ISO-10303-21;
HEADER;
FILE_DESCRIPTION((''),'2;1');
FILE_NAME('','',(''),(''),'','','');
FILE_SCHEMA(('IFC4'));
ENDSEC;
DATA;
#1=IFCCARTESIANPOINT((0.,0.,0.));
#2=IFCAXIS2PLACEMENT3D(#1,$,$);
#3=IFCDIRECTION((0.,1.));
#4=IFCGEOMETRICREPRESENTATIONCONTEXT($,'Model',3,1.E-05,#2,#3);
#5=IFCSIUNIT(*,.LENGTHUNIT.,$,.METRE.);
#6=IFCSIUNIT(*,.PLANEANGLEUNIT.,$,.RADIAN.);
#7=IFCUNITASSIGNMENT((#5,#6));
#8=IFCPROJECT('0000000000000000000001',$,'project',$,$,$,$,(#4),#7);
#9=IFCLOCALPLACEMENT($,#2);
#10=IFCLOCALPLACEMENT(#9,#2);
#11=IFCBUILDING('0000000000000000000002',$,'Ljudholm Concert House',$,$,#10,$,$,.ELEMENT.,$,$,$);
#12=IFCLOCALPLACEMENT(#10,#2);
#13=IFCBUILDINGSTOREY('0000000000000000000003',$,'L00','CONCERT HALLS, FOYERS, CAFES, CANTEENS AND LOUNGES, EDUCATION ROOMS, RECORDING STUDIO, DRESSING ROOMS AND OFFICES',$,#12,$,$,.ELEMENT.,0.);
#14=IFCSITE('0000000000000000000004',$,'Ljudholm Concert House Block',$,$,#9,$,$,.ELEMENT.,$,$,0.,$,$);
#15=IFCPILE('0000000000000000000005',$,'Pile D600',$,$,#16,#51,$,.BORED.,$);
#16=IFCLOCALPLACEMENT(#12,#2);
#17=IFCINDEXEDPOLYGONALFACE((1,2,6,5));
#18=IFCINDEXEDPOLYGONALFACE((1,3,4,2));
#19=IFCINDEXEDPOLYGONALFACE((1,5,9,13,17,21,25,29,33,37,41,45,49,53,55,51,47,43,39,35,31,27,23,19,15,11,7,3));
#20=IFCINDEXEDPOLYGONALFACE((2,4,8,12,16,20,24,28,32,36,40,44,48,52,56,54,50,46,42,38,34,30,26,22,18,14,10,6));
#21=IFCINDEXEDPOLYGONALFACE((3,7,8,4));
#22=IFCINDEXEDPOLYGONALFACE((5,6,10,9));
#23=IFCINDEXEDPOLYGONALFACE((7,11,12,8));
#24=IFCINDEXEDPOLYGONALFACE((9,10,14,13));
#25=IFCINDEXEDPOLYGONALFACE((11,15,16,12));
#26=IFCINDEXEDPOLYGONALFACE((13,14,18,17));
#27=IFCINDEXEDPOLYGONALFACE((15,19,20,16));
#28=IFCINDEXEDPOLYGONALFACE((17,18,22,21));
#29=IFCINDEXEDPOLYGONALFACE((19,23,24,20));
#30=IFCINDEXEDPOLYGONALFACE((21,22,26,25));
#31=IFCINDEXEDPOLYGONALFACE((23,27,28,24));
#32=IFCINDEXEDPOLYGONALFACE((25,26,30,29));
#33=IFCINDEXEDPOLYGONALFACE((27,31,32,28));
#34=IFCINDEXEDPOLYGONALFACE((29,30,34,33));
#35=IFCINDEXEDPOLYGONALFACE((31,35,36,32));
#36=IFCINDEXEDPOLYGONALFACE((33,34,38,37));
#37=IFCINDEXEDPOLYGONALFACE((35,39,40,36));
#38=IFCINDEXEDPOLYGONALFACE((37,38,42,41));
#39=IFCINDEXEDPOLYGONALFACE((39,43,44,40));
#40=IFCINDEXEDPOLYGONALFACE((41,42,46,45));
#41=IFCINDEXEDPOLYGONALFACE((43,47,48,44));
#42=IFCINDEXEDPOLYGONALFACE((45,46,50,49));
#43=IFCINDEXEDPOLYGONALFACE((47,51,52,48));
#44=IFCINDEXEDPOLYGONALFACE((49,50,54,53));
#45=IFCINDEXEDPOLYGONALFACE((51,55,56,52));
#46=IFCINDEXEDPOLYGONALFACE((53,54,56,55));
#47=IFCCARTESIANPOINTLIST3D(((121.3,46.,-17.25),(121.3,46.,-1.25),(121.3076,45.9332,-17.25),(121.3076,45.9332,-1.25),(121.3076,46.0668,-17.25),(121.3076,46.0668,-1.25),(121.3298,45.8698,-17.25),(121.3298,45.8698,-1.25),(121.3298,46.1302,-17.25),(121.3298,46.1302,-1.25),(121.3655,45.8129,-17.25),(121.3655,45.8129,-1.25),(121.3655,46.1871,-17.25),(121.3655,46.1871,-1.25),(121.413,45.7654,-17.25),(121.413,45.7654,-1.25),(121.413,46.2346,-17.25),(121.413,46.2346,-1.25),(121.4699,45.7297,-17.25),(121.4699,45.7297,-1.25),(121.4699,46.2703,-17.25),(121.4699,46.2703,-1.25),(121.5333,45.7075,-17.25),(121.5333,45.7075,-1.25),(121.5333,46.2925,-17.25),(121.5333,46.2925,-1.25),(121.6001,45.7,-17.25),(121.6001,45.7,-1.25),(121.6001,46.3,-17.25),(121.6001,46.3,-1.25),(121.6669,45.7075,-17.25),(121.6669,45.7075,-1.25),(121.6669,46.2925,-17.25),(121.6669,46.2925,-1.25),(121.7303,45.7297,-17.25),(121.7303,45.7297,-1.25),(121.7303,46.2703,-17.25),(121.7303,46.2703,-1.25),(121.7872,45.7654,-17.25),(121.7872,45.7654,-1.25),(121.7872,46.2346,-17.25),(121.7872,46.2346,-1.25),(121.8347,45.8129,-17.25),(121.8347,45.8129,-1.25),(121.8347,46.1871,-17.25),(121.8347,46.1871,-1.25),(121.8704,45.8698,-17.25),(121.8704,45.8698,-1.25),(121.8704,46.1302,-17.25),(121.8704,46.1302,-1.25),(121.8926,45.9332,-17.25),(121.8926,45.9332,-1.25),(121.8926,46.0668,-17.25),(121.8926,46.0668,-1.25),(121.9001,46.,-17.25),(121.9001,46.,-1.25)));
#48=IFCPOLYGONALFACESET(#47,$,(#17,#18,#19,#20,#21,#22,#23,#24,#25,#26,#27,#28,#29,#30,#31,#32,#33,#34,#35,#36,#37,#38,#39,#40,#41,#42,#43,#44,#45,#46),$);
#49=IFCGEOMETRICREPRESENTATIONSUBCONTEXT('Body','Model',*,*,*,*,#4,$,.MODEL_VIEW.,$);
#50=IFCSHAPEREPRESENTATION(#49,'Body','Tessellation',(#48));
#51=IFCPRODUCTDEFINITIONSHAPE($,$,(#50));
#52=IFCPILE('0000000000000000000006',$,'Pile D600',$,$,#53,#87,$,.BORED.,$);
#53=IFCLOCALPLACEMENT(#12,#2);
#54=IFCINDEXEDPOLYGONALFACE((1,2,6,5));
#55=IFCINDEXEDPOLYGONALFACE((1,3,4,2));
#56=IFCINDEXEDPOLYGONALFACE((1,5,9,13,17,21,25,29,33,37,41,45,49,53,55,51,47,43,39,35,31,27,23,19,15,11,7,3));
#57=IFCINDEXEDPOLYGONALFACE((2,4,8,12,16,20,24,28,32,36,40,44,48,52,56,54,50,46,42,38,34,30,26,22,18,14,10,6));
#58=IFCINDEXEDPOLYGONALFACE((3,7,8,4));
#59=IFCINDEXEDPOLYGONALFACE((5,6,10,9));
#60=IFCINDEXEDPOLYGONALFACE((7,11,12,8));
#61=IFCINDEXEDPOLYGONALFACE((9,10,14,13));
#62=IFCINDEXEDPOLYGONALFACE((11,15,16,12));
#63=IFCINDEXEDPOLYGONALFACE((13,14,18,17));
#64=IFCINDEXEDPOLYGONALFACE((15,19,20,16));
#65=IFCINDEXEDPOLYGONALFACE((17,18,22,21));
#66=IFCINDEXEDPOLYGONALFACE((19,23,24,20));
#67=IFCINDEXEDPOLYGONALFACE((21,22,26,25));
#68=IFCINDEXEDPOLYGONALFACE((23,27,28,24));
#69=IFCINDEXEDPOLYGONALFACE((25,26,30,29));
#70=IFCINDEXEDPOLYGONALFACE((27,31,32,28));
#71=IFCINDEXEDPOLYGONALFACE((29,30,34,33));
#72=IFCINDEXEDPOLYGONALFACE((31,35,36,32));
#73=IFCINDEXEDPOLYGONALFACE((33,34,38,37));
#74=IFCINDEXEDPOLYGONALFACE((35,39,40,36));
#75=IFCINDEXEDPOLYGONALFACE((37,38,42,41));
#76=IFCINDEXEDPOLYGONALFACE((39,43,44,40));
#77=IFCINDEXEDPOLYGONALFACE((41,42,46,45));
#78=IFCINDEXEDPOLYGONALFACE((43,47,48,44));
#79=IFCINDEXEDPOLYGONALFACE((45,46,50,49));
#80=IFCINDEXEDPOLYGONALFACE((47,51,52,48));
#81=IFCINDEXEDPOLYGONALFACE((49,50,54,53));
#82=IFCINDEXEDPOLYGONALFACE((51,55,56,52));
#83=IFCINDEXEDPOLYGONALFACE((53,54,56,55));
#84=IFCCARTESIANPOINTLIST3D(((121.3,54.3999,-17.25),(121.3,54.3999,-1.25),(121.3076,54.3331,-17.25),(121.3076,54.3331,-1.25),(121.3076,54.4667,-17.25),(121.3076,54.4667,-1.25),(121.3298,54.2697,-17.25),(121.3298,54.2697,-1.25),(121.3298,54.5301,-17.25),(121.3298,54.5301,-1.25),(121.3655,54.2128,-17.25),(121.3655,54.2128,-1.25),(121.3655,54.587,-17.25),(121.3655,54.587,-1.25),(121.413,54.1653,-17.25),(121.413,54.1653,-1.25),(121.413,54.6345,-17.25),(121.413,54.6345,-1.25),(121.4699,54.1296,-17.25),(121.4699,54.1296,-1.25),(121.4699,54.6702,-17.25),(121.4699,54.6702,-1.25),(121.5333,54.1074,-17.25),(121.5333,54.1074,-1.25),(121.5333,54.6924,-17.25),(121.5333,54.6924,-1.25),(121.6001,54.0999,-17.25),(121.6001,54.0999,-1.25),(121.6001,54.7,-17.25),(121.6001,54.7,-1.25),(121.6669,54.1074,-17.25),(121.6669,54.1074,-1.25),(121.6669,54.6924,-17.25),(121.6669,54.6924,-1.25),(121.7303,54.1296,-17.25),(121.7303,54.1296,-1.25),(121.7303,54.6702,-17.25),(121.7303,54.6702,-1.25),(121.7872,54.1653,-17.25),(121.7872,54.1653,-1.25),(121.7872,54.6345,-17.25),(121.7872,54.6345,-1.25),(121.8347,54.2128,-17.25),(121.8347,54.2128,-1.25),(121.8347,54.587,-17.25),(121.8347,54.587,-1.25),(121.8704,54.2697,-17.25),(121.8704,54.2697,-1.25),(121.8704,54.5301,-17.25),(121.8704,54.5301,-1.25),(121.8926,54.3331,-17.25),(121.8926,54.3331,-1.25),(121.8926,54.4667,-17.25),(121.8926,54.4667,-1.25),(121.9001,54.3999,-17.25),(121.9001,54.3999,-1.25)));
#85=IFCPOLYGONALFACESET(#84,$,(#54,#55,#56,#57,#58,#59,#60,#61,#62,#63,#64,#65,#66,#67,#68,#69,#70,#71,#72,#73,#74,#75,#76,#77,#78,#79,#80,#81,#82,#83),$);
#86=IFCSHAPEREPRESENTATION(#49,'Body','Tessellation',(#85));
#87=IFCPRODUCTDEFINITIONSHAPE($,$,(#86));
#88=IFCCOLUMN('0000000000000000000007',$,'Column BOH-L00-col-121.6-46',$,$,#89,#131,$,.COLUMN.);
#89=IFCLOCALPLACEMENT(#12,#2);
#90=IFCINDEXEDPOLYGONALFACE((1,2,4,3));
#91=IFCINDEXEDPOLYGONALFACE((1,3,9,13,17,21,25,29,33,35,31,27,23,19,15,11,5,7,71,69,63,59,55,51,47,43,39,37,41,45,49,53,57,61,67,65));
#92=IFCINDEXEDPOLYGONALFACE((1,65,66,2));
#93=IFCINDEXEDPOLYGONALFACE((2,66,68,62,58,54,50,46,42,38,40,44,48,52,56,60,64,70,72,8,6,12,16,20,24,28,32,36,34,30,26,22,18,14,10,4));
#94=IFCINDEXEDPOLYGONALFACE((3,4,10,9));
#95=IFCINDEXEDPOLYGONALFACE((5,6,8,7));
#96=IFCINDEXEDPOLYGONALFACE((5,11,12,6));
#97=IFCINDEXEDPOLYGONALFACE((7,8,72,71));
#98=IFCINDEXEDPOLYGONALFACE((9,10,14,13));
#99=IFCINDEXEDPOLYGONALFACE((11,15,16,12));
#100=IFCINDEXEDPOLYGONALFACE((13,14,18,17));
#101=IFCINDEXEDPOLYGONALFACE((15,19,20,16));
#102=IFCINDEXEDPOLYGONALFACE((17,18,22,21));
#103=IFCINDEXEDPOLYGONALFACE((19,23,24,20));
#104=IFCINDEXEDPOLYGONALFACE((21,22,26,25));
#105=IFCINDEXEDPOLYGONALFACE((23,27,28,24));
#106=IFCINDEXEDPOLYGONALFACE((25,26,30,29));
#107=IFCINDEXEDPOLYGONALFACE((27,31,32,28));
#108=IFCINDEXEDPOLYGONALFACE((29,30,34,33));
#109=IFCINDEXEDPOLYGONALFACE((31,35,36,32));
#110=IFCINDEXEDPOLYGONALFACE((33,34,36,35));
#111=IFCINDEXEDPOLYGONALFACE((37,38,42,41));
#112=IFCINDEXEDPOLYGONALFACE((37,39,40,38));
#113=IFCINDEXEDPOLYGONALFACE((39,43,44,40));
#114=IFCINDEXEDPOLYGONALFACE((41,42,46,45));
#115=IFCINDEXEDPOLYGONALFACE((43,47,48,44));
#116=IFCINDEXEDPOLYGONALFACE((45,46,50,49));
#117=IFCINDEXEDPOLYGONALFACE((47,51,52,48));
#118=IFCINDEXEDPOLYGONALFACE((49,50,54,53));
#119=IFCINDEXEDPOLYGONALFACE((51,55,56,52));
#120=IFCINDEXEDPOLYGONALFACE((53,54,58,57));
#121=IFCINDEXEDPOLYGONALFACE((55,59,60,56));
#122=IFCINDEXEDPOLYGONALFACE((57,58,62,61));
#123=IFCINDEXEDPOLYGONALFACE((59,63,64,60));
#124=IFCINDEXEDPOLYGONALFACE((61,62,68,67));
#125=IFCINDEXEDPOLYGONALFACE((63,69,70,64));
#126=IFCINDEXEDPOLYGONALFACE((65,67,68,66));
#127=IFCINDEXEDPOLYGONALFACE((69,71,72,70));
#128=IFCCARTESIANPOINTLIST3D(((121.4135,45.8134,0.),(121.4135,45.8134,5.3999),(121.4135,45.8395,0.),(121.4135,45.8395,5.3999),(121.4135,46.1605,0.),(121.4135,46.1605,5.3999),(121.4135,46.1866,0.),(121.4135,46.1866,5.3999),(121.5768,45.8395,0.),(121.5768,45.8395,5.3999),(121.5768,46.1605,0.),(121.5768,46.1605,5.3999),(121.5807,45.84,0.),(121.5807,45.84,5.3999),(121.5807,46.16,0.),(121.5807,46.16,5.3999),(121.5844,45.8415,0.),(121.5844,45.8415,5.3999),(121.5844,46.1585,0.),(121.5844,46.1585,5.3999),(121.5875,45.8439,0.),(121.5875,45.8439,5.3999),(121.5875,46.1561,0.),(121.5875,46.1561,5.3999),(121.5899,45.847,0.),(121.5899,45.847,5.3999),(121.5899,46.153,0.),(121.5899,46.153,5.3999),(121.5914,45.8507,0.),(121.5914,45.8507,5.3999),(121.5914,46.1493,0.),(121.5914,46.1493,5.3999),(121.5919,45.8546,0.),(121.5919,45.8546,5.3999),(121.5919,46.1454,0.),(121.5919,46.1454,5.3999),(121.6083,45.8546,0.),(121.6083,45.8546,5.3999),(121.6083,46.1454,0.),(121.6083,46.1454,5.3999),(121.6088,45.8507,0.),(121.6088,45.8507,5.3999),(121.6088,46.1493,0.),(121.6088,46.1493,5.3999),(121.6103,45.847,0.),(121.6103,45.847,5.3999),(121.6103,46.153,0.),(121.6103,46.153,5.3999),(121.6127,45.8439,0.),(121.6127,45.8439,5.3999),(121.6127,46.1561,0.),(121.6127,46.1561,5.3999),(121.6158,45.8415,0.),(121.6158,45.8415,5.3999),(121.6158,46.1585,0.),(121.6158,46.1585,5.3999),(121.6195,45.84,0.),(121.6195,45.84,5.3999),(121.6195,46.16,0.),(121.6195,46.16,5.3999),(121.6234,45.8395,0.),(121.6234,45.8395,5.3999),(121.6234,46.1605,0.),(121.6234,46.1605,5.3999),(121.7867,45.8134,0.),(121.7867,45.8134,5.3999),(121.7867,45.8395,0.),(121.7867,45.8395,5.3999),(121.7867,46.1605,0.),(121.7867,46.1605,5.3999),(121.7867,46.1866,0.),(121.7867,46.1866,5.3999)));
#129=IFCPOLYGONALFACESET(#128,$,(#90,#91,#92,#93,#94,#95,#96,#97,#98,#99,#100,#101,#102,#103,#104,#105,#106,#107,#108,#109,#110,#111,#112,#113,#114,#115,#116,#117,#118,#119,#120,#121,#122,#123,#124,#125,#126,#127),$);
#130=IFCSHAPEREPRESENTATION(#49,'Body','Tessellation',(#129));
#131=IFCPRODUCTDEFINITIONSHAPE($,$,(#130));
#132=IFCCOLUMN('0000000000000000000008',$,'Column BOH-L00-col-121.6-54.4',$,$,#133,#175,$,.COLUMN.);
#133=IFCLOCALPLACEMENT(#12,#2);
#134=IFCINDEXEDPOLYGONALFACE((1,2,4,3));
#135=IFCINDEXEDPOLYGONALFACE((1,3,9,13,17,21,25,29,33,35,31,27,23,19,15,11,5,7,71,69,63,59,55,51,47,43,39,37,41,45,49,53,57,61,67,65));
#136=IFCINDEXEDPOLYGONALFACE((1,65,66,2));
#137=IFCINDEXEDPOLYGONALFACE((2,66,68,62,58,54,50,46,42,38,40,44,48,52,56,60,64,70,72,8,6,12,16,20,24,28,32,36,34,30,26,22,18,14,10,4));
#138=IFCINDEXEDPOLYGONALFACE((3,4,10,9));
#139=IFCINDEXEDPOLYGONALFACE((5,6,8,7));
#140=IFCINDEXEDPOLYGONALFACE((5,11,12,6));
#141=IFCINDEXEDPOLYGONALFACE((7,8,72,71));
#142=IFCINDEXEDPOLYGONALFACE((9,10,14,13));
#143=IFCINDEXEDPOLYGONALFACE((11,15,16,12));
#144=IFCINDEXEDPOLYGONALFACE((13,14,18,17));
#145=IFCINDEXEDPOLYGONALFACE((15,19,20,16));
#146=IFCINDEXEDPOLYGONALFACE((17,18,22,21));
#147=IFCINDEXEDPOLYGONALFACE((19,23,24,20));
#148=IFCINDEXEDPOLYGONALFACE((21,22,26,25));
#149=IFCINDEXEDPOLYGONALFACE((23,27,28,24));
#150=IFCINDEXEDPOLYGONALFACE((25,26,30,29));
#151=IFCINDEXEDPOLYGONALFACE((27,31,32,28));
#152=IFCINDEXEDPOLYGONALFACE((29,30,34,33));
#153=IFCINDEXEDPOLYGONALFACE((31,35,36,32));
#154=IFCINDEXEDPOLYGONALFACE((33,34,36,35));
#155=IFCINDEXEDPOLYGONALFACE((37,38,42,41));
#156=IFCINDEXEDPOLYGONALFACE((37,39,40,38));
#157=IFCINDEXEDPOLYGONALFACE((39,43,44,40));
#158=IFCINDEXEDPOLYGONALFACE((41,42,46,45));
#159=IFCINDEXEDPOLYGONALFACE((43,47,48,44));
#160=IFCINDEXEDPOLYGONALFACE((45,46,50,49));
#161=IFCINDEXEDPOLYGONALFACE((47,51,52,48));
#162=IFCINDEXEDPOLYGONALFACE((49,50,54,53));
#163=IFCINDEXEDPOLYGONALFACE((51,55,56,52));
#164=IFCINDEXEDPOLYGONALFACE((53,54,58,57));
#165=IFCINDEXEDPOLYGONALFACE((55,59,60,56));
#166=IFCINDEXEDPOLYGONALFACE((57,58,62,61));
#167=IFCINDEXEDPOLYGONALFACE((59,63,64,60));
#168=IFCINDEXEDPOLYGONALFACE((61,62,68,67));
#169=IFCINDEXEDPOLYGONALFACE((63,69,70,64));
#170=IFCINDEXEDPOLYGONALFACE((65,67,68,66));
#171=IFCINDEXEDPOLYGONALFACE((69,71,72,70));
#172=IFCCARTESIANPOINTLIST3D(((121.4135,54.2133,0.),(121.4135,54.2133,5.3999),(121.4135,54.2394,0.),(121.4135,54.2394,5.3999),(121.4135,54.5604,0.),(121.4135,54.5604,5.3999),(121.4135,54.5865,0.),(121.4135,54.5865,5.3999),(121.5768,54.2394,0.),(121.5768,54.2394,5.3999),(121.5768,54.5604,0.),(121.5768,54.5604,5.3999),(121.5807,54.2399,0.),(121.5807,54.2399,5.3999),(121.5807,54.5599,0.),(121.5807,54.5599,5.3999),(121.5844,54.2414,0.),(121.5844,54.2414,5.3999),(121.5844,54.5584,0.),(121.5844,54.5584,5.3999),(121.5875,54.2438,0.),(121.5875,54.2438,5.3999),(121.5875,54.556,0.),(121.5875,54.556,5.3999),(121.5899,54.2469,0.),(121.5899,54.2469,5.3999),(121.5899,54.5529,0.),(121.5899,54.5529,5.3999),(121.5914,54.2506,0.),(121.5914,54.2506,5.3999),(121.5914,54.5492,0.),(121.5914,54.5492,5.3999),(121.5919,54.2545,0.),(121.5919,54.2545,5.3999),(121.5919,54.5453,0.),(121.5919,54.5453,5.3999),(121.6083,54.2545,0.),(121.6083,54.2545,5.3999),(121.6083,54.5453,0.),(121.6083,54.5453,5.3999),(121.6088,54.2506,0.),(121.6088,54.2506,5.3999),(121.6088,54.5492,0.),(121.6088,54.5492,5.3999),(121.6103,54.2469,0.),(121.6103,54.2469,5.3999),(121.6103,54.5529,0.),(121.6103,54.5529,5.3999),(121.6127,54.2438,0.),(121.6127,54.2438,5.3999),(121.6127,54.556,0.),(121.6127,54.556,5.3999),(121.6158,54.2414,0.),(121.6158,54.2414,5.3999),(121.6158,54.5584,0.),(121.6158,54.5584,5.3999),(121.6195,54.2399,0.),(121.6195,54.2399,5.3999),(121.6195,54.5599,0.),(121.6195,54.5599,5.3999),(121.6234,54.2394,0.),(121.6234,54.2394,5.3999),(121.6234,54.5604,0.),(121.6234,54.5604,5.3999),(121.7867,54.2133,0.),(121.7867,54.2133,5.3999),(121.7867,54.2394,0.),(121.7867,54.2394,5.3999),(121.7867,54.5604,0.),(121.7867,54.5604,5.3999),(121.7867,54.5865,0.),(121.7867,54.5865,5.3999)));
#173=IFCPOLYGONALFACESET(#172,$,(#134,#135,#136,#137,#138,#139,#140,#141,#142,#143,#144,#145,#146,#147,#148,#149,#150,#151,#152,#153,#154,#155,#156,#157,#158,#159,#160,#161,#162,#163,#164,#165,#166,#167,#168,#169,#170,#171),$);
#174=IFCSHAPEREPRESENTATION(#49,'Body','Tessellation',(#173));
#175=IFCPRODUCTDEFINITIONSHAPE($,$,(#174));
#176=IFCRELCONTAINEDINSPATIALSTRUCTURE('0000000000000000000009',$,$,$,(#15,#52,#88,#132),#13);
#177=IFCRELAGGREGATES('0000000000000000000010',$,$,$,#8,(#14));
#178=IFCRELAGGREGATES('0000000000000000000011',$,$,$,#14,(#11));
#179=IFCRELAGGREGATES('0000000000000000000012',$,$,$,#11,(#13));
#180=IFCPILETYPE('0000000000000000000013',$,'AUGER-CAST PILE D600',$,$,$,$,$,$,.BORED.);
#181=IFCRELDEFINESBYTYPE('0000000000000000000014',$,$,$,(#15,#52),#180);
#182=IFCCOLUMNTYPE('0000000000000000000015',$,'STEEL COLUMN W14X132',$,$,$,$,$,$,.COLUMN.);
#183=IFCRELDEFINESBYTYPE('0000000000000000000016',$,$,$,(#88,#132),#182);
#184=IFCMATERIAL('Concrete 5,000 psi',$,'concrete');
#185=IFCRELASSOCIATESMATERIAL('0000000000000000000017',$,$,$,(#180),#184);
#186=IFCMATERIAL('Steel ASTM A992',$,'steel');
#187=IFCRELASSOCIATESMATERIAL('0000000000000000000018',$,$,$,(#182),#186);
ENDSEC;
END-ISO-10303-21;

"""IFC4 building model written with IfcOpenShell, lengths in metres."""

from ifc_helpers import new_model, si_unit, direction, frame, origin, origin_2d, place, context, subcontext, project, spatial, circle, i_section, extrude, material, material_profile, profile_set, type_object, element, save


model = new_model("IFC4")

# Units and contexts
model_context = context("Model", 3, precision=1e-05, world=origin(), true_north=direction((0.0, 1.0)))
body_context = subcontext(model_context, "Body", "Model", "MODEL_VIEW")
ifc_project = project(units=[si_unit("LENGTHUNIT", "METRE"), si_unit("PLANEANGLEUNIT", "RADIAN")], contexts=[model_context])

# Site, building, storey
site_placement = place(None, origin())
site = spatial("IfcSite", under=ifc_project, at=site_placement, Name="Ljudholm Concert House Block", CompositionType="ELEMENT", RefElevation=0.0)
building_placement = place(site_placement, origin())
building = spatial("IfcBuilding", under=site, at=building_placement, Name="Ljudholm Concert House", CompositionType="ELEMENT")
storey_placement = place(building_placement, origin())
storey = spatial("IfcBuildingStorey", under=building, at=storey_placement, Name="L00", Description="CONCERT HALLS, FOYERS, CAFES, CANTEENS AND LOUNGES, EDUCATION ROOMS, RECORDING STUDIO, DRESSING ROOMS AND OFFICES", CompositionType="ELEMENT", Elevation=0.0)

# Piles
ifc_material_1 = material(Name="Concrete 5,000 psi", Category="concrete")
ifc_material_profile_1 = material_profile(ifc_material_1, circle(Radius=0.3, at=origin_2d()), Name="AUGER-CAST PILE D600")
ifc_profile_set_1 = profile_set([ifc_material_profile_1], Name="Concrete 5,000 psi")
pile_type = type_object("IfcPileType", Name="AUGER-CAST PILE D600", PredefinedType="BORED", material=ifc_profile_set_1)
for number, where, z_axis, x_axis, name in (
    (1, (121.6001, 46.0, -1.25), (0.0, 0.0, -1.0), (1.0, 0.0, 0.0), "Pile D600"),
    (2, (121.6001, 54.3999, -1.25), (0.0, 0.0, -1.0), (1.0, 0.0, 0.0), "Pile D600"),
):
    element("IfcPile", number, at=place(storey_placement, frame(where, z_axis=z_axis, x_axis=x_axis)), inside=storey, type_object=pile_type, Name=name, PredefinedType="BORED", context=body_context, shape_type="SweptSolid", body=[
        extrude(circle(Radius=0.3, at=origin_2d()), origin(), (0.0, 0.0, 1.0), 16.0),
    ])

# Columns
ifc_material_2 = material(Name="Steel ASTM A992", Category="steel")
ifc_material_profile_2 = material_profile(ifc_material_2, i_section(OverallWidth=0.3733, OverallDepth=0.3733, WebThickness=0.0164, FlangeThickness=0.0261, FilletRadius=0.0151, at=origin_2d()), Name="W14X132")
ifc_profile_set_2 = profile_set([ifc_material_profile_2], Name="Steel ASTM A992")
column_type = type_object("IfcColumnType", Name="STEEL COLUMN W14X132", PredefinedType="COLUMN", material=ifc_profile_set_2)
for number, where, z_axis, x_axis, name in (
    (3, (121.6001, 46.0, 0.0), (0.0, 0.0, 1.0), (1.0, 0.0, 0.0), "Column BOH-L00-col-121.6-46"),
    (4, (121.6001, 54.3999, 0.0), (0.0, 0.0, 1.0), (1.0, 0.0, 0.0), "Column BOH-L00-col-121.6-54.4"),
):
    element("IfcColumn", number, at=place(storey_placement, frame(where, z_axis=z_axis, x_axis=x_axis)), inside=storey, type_object=column_type, Name=name, PredefinedType="COLUMN", context=body_context, shape_type="SweptSolid", body=[
        extrude(i_section(OverallWidth=0.3733, OverallDepth=0.3733, WebThickness=0.0164, FlangeThickness=0.0261, FilletRadius=0.0151, at=origin_2d()), origin(), (0.0, 0.0, 1.0), 5.3999),
    ])

save(model, "model.ifc")
